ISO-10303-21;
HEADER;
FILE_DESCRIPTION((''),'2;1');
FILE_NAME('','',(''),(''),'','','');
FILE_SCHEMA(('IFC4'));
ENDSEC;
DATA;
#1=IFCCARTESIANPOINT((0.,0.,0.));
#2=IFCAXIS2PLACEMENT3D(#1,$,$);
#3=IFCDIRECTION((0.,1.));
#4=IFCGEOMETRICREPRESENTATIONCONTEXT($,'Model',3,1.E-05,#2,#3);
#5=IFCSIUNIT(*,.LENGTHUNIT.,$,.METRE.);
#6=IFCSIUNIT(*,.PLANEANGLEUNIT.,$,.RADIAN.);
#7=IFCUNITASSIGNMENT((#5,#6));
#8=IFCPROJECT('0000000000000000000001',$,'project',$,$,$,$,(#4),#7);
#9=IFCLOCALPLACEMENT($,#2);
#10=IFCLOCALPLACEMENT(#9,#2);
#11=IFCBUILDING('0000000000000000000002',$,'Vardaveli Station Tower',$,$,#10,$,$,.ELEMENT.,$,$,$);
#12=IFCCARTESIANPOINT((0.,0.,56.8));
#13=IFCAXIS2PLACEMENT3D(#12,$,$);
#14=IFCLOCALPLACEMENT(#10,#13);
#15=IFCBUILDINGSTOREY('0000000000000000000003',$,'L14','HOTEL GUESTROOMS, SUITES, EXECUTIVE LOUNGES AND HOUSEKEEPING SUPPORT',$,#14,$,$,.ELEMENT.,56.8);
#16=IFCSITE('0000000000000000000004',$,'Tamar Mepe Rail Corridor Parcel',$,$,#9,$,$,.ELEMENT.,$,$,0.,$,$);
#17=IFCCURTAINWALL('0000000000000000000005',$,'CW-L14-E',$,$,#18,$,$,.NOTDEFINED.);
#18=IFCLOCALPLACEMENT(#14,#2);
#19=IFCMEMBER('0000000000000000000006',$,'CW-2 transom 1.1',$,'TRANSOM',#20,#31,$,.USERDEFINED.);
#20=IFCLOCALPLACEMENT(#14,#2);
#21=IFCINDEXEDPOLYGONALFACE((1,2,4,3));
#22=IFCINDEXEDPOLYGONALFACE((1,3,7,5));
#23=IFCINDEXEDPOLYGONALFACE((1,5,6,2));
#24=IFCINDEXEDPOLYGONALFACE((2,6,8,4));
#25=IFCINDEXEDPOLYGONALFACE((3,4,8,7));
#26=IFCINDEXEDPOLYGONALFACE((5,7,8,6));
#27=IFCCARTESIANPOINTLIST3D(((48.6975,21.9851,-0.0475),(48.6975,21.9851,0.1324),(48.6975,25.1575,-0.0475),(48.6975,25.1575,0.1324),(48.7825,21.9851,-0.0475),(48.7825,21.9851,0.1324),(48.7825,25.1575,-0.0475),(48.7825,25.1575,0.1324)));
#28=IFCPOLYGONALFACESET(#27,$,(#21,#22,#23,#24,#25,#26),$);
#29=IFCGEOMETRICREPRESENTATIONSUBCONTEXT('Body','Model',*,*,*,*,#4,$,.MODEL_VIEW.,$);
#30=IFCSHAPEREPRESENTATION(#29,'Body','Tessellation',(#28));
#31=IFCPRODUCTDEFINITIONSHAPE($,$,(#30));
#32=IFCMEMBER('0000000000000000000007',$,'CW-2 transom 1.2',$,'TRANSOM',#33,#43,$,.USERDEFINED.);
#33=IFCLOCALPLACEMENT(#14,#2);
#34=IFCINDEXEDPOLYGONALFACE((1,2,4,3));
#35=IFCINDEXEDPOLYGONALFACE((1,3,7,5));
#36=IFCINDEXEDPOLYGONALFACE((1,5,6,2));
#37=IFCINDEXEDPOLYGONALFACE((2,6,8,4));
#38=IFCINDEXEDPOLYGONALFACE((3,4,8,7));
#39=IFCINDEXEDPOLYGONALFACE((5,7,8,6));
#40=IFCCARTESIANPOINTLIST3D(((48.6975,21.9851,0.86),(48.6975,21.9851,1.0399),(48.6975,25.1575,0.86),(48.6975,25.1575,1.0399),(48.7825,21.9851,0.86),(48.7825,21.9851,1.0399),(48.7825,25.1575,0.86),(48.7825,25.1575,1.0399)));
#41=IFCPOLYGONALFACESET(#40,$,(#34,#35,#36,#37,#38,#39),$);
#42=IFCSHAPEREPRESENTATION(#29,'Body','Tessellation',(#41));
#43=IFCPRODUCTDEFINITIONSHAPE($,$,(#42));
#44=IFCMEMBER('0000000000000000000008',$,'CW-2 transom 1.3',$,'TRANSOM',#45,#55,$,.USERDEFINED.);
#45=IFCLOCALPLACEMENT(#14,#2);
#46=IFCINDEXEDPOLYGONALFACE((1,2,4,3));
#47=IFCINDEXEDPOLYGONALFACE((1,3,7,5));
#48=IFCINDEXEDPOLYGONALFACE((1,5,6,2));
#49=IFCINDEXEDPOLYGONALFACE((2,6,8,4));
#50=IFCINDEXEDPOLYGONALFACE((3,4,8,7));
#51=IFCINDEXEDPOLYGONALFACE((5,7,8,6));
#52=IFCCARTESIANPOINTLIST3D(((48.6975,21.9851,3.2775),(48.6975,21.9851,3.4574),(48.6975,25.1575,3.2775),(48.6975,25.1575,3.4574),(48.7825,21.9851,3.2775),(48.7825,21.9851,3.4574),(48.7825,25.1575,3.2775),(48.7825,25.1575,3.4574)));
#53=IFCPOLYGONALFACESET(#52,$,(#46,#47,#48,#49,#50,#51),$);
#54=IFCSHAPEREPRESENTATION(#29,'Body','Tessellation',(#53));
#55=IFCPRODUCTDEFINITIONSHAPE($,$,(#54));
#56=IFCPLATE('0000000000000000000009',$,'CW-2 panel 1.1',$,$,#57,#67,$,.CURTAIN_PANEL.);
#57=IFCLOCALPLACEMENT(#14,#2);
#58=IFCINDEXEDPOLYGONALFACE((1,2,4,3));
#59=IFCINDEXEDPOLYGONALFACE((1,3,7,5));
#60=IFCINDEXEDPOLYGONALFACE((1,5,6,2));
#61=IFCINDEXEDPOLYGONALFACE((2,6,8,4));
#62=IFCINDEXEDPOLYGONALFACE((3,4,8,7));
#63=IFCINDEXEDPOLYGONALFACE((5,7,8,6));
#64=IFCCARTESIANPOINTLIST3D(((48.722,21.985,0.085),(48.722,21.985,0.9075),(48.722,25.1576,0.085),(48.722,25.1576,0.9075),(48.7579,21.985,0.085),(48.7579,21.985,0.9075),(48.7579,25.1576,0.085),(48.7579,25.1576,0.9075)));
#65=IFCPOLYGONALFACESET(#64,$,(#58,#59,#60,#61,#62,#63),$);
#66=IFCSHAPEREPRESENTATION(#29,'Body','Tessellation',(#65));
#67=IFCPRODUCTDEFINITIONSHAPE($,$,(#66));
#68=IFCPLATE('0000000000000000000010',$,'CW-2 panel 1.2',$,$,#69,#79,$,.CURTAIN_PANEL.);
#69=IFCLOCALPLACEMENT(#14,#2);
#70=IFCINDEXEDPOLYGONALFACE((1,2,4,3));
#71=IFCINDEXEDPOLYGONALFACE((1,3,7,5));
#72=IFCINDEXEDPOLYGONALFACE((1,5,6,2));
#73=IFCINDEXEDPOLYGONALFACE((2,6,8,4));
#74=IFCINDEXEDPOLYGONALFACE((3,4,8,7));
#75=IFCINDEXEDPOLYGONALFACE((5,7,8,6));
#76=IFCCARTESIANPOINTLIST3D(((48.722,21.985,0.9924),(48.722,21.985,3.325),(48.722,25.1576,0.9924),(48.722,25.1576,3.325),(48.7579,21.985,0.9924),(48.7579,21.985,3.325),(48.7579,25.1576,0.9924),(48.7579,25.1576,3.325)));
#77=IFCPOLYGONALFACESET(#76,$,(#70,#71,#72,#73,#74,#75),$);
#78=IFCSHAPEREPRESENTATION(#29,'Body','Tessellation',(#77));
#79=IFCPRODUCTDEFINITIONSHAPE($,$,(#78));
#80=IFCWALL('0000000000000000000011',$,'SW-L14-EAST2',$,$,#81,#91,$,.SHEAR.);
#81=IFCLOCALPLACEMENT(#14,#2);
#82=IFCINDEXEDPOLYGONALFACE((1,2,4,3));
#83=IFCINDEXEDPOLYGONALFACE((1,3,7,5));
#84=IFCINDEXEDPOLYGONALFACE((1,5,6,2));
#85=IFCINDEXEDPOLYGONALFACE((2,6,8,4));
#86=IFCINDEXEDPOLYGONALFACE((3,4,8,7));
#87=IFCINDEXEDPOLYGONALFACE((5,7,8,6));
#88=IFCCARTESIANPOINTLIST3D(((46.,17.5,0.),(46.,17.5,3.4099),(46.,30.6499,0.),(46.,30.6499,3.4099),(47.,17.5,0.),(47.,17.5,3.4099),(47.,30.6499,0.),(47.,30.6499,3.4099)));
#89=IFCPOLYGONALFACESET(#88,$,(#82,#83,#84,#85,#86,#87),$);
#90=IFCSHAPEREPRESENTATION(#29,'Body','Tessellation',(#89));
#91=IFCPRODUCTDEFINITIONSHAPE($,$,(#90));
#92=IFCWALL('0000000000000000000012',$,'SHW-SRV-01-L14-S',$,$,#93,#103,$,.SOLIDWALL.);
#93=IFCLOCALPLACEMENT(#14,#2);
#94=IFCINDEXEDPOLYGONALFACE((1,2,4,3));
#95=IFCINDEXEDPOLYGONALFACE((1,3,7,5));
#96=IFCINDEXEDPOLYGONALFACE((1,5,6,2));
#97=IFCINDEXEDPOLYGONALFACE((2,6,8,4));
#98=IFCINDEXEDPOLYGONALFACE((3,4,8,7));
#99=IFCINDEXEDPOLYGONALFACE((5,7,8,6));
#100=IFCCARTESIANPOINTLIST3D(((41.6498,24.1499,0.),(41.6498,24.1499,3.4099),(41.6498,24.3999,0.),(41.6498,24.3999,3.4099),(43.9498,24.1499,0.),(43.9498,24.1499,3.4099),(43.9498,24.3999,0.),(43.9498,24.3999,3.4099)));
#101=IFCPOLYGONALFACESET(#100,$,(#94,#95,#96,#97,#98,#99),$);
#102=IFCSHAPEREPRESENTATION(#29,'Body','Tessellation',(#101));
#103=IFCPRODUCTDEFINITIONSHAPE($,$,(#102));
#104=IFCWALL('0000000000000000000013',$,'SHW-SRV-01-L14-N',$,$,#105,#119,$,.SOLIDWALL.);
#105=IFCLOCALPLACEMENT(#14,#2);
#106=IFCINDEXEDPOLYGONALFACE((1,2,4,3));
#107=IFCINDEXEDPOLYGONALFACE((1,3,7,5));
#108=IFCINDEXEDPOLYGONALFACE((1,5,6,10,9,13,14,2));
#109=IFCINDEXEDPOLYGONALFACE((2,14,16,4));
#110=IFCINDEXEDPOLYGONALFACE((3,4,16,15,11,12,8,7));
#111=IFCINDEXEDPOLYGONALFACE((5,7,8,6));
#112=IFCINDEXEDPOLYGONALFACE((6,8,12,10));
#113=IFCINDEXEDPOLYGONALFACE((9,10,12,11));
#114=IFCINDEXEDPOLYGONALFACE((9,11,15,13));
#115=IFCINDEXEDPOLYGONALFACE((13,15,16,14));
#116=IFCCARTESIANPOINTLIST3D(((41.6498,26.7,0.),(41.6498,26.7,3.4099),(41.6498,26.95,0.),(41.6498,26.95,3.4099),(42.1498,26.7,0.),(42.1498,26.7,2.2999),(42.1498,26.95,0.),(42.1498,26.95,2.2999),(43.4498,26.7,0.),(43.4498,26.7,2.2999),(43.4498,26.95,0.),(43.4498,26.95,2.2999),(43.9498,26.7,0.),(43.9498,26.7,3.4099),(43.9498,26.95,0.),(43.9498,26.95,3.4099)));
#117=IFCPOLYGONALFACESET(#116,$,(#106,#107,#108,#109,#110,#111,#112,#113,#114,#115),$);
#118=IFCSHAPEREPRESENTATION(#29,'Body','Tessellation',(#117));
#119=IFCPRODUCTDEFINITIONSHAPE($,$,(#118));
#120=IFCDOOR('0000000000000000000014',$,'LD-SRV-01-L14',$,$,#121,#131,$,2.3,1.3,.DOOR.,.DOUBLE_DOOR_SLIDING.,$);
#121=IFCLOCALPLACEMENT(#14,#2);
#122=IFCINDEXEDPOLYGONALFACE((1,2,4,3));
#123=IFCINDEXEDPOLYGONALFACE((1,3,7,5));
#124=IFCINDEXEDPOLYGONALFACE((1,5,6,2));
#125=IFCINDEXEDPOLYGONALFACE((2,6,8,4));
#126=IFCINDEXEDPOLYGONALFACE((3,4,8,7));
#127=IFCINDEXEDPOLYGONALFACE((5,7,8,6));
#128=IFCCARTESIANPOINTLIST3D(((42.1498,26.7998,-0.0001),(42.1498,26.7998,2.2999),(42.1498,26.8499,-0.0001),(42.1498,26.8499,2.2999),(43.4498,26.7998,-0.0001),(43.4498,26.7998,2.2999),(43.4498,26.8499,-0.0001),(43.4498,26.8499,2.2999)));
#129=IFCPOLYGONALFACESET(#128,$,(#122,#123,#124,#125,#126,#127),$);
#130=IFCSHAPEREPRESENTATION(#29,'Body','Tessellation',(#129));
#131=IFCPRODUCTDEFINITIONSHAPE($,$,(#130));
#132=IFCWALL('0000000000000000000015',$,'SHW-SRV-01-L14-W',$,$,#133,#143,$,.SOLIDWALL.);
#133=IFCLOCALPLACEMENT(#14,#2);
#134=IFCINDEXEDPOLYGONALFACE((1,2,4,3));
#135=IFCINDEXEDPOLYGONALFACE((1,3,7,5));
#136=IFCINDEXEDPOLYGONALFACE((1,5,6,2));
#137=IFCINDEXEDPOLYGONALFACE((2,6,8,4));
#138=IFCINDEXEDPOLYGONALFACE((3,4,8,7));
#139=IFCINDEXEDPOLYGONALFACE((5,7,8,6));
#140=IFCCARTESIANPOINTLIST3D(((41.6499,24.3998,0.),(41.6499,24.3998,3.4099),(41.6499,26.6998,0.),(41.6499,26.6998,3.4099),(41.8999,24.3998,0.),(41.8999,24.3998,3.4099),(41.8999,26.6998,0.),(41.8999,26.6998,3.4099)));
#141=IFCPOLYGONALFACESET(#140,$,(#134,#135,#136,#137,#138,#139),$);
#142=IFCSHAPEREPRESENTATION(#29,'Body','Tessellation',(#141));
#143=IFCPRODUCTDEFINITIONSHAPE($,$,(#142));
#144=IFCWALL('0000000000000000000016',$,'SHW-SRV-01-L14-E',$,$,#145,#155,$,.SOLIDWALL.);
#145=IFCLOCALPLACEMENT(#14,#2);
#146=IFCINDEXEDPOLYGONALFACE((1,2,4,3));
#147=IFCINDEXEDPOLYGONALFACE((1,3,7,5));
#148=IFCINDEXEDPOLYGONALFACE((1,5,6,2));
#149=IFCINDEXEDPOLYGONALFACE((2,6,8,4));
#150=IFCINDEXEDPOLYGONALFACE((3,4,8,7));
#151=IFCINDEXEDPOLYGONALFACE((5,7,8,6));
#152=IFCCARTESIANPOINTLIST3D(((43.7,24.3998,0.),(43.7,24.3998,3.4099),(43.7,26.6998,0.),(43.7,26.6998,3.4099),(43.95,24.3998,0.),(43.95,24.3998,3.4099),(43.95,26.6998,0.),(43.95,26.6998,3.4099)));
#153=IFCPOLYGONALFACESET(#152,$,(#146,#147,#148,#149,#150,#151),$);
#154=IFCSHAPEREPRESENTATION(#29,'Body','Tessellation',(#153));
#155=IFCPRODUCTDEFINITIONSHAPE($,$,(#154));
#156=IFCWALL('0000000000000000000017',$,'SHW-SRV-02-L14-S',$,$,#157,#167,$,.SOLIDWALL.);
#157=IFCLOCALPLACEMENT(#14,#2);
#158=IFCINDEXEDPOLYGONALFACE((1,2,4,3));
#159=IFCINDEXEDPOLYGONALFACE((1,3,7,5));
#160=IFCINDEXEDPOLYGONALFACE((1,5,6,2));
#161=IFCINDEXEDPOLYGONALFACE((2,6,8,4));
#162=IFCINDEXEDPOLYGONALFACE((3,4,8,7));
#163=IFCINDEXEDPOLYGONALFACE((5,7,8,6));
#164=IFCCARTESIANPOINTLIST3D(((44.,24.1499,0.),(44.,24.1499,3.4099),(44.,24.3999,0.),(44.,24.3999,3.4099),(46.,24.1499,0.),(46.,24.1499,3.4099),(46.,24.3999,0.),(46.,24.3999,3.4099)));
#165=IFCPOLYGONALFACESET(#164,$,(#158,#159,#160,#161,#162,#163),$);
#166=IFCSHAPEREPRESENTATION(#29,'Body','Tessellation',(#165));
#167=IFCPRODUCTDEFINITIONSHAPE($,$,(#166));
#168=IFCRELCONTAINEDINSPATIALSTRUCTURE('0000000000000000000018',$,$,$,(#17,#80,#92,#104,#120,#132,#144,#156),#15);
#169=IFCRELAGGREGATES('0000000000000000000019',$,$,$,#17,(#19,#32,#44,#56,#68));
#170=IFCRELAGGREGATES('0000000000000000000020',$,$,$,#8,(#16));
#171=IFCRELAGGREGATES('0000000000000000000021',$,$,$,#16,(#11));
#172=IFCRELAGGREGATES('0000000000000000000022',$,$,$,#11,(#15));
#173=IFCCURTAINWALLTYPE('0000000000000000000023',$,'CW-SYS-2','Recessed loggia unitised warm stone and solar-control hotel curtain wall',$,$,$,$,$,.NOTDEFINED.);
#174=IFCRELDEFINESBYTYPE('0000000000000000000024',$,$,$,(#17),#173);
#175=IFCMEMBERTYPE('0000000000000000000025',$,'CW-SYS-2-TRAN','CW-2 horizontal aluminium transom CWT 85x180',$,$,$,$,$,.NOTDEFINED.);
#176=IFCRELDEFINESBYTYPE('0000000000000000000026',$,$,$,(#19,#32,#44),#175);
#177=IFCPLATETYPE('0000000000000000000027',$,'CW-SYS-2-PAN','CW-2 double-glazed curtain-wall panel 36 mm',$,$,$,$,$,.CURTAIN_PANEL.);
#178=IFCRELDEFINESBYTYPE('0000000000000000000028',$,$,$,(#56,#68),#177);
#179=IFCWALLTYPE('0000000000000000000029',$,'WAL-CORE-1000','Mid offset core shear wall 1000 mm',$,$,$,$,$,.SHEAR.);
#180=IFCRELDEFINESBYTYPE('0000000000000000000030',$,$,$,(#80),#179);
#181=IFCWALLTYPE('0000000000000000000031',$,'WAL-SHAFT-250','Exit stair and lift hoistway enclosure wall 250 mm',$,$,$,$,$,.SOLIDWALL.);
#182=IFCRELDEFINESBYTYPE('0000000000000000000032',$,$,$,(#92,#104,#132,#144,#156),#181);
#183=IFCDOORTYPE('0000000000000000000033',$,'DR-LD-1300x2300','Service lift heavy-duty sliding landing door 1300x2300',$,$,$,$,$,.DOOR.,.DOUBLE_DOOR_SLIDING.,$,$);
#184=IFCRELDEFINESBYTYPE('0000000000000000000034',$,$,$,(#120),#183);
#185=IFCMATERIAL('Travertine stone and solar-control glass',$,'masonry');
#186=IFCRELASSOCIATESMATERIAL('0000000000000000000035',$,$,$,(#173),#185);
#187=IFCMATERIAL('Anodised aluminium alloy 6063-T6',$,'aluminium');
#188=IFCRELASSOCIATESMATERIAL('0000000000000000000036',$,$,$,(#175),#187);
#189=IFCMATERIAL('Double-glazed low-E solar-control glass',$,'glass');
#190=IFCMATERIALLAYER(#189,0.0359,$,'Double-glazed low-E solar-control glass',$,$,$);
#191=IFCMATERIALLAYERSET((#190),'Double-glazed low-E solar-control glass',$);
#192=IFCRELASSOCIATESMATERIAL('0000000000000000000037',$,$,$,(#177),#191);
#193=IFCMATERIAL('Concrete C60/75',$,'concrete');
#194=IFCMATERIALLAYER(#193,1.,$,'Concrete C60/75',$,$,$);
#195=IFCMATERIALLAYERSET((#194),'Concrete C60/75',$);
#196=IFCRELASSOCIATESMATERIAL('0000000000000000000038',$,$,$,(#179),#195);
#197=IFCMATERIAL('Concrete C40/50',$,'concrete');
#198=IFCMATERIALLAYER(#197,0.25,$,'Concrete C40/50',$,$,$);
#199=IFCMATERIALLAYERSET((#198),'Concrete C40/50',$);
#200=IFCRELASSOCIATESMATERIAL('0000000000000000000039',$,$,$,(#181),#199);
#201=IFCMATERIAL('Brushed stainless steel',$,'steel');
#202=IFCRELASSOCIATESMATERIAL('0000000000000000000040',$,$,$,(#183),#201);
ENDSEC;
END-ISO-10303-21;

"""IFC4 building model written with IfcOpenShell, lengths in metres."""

from ifc_helpers import new_model, si_unit, direction, frame, frame_2d, origin, origin_2d, place, context, subcontext, project, spatial, rectangle, extrude, source, transform, mapped, material, layer, layer_set, material_profile, profile_set, type_object, element, fill, aggregate, save


model = new_model("IFC4")

# Units and contexts
model_context = context("Model", 3, precision=1e-05, world=origin(), true_north=direction((0.0, 1.0)))
body_context = subcontext(model_context, "Body", "Model", "MODEL_VIEW")
ifc_project = project(units=[si_unit("LENGTHUNIT", "METRE"), si_unit("PLANEANGLEUNIT", "RADIAN")], contexts=[model_context])

# Site, building, storey
site_placement = place(None, origin())
site = spatial("IfcSite", under=ifc_project, at=site_placement, Name="Tamar Mepe Rail Corridor Parcel", CompositionType="ELEMENT", RefElevation=0.0)
building_placement = place(site_placement, origin())
building = spatial("IfcBuilding", under=site, at=building_placement, Name="Vardaveli Station Tower", CompositionType="ELEMENT")
storey_placement = place(building_placement, frame((0.0, 0.0, 56.8)))
storey = spatial("IfcBuildingStorey", under=building, at=storey_placement, Name="L14", Description="HOTEL GUESTROOMS, SUITES, EXECUTIVE LOUNGES AND HOUSEKEEPING SUPPORT", CompositionType="ELEMENT", Elevation=56.8)

# Curtain wall, members, plates
ifc_material_1 = material(Name="Travertine stone and solar-control glass", Category="masonry")
curtain_wall_type = type_object("IfcCurtainWallType", Name="CW-SYS-2", Description="Recessed loggia unitised warm stone and solar-control hotel curtain wall", PredefinedType="NOTDEFINED", material=ifc_material_1)
curtain_wall_placement = place(storey_placement, origin())
curtain_wall = element("IfcCurtainWall", 1, at=curtain_wall_placement, inside=storey, type_object=curtain_wall_type, Name="CW-L14-E", PredefinedType="NOTDEFINED")
ifc_material_2 = material(Name="Anodised aluminium alloy 6063-T6", Category="aluminium")
ifc_material_profile_1 = material_profile(ifc_material_2, rectangle(XDim=0.085, YDim=0.1799, at=origin_2d()), Name="CWT 85x180")
ifc_profile_set_1 = profile_set([ifc_material_profile_1], Name="Anodised aluminium alloy 6063-T6")
member_type_1 = type_object("IfcMemberType", Name="CW-SYS-2-TRAN", Description="CW-2 horizontal aluminium transom CWT 85x180", PredefinedType="NOTDEFINED", material=ifc_profile_set_1)
shared_shape_1 = source(origin(), body_context, "Body", "SweptSolid", [
    extrude(rectangle(XDim=0.085, YDim=0.1799, at=origin_2d()), origin(), (0.0, 0.0, 1.0), 3.1724),
])
member_1_placement = place(storey_placement, frame((48.74, 21.9851, 0.0425), z_axis=(0.0, 1.0, 0.0), x_axis=(-1.0, 0.0, 0.0)))
member_1 = element("IfcMember", 2, at=member_1_placement, type_object=member_type_1, Name="CW-2 transom 1.1", ObjectType="TRANSOM", PredefinedType="USERDEFINED", context=body_context, shape_type="MappedRepresentation", body=[
    mapped(shared_shape_1, transform((0.0, 0.0, 0.0), scale=1.0)),
])
member_2_placement = place(storey_placement, frame((48.74, 21.9851, 0.95), z_axis=(0.0, 1.0, 0.0), x_axis=(-1.0, 0.0, 0.0)))
member_2 = element("IfcMember", 3, at=member_2_placement, type_object=member_type_1, Name="CW-2 transom 1.2", ObjectType="TRANSOM", PredefinedType="USERDEFINED", context=body_context, shape_type="MappedRepresentation", body=[
    mapped(shared_shape_1, transform((0.0, 0.0, 0.0), scale=1.0)),
])
member_3_placement = place(storey_placement, frame((48.74, 21.9851, 3.3674), z_axis=(0.0, 1.0, 0.0), x_axis=(-1.0, 0.0, 0.0)))
member_3 = element("IfcMember", 4, at=member_3_placement, type_object=member_type_1, Name="CW-2 transom 1.3", ObjectType="TRANSOM", PredefinedType="USERDEFINED", context=body_context, shape_type="MappedRepresentation", body=[
    mapped(shared_shape_1, transform((0.0, 0.0, 0.0), scale=1.0)),
])
ifc_material_3 = material(Name="Double-glazed low-E solar-control glass", Category="glass")
ifc_layer_1 = layer(ifc_material_3, 0.0359, Name="Double-glazed low-E solar-control glass")
ifc_layer_set_1 = layer_set([ifc_layer_1], Name="Double-glazed low-E solar-control glass")
plate_type = type_object("IfcPlateType", Name="CW-SYS-2-PAN", Description="CW-2 double-glazed curtain-wall panel 36 mm", PredefinedType="CURTAIN_PANEL", material=ifc_layer_set_1)
shared_shape_2 = source(origin(), body_context, "Body", "SweptSolid", [
    extrude(rectangle(XDim=3.1726, YDim=0.0359, at=origin_2d()), origin(), (0.0, 0.0, 1.0), 0.8225),
])
plate_1_placement = place(storey_placement, frame((48.74, 23.5713, 0.085), z_axis=(0.0, 0.0, 1.0), x_axis=(0.0, 1.0, 0.0)))
plate_1 = element("IfcPlate", 5, at=plate_1_placement, type_object=plate_type, Name="CW-2 panel 1.1", PredefinedType="CURTAIN_PANEL", context=body_context, shape_type="MappedRepresentation", body=[
    mapped(shared_shape_2, transform((0.0, 0.0, 0.0), scale=1.0)),
])
shared_shape_3 = source(origin(), body_context, "Body", "SweptSolid", [
    extrude(rectangle(XDim=3.1726, YDim=0.0359, at=origin_2d()), origin(), (0.0, 0.0, 1.0), 2.3325),
])
plate_2_placement = place(storey_placement, frame((48.74, 23.5713, 0.9924), z_axis=(0.0, 0.0, 1.0), x_axis=(0.0, 1.0, 0.0)))
plate_2 = element("IfcPlate", 6, at=plate_2_placement, type_object=plate_type, Name="CW-2 panel 1.2", PredefinedType="CURTAIN_PANEL", context=body_context, shape_type="MappedRepresentation", body=[
    mapped(shared_shape_3, transform((0.0, 0.0, 0.0), scale=1.0)),
])
aggregate(curtain_wall, [member_1, member_2, member_3, plate_1, plate_2])

# Walls
ifc_material_4 = material(Name="Concrete C60/75", Category="concrete")
ifc_layer_2 = layer(ifc_material_4, 1.0, Name="Concrete C60/75")
ifc_layer_set_2 = layer_set([ifc_layer_2], Name="Concrete C60/75")
wall_type_1 = type_object("IfcWallType", Name="WAL-CORE-1000", Description="Mid offset core shear wall 1000 mm", PredefinedType="SHEAR", material=ifc_layer_set_2)
shared_shape_4 = source(origin(), body_context, "Body", "SweptSolid", [
    extrude(rectangle(XDim=13.1499, YDim=1.0, at=frame_2d((6.575, 0.0))), origin(), (0.0, 0.0, 1.0), 3.4099),
])
wall_1_placement = place(storey_placement, frame((46.5, 17.5, 0.0), z_axis=(0.0, 0.0, 1.0), x_axis=(0.0, 1.0, 0.0)))
element("IfcWall", 7, at=wall_1_placement, inside=storey, type_object=wall_type_1, Name="SW-L14-EAST2", PredefinedType="SHEAR", context=body_context, shape_type="MappedRepresentation", body=[
    mapped(shared_shape_4, transform((0.0, 0.0, 0.0), scale=1.0)),
])
ifc_material_5 = material(Name="Concrete C40/50", Category="concrete")
ifc_layer_3 = layer(ifc_material_5, 0.25, Name="Concrete C40/50")
ifc_layer_set_3 = layer_set([ifc_layer_3], Name="Concrete C40/50")
wall_type_2 = type_object("IfcWallType", Name="WAL-SHAFT-250", Description="Exit stair and lift hoistway enclosure wall 250 mm", PredefinedType="SOLIDWALL", material=ifc_layer_set_3)
shared_shape_5 = source(origin(), body_context, "Body", "SweptSolid", [
    extrude(rectangle(XDim=2.3, YDim=0.25, at=frame_2d((1.1499, 0.0))), origin(), (0.0, 0.0, 1.0), 3.4099),
])
wall_2_placement = place(storey_placement, frame((41.6499, 24.2749, 0.0), z_axis=(0.0, 0.0, 1.0), x_axis=(1.0, 0.0, 0.0)))
element("IfcWall", 8, at=wall_2_placement, inside=storey, type_object=wall_type_2, Name="SHW-SRV-01-L14-S", PredefinedType="SOLIDWALL", context=body_context, shape_type="MappedRepresentation", body=[
    mapped(shared_shape_5, transform((0.0, 0.0, 0.0), scale=1.0)),
])

# Wall, opening, door
wall_3_placement = place(storey_placement, frame((41.6499, 26.825, 0.0), z_axis=(0.0, 0.0, 1.0), x_axis=(1.0, 0.0, 0.0)))
wall_3 = element("IfcWall", 9, at=wall_3_placement, inside=storey, type_object=wall_type_2, Name="SHW-SRV-01-L14-N", PredefinedType="SOLIDWALL", context=body_context, shape_type="MappedRepresentation", body=[
    mapped(shared_shape_5, transform((0.0, 0.0, 0.0), scale=1.0)),
])
shared_shape_6 = source(origin(), body_context, "Body", "SweptSolid", [
    extrude(rectangle(XDim=1.3, YDim=2.3, at=frame_2d((0.6499, 1.1499))), frame((0.0, 0.135, 0.0), z_axis=(0.0, -1.0, 0.0), x_axis=(1.0, 0.0, 0.0)), (0.0, 0.0, 1.0), 0.27),
])
opening_1_placement = place(wall_3_placement, frame((0.5, 0.0, 0.0)))
opening_1 = element("IfcOpeningElement", 10, at=opening_1_placement, cuts=wall_3, PredefinedType="OPENING", context=body_context, shape_type="MappedRepresentation", body=[
    mapped(shared_shape_6, transform((0.0, 0.0, 0.0), scale=1.0)),
])
ifc_material_6 = material(Name="Brushed stainless steel", Category="steel")
door_type = type_object("IfcDoorType", Name="DR-LD-1300x2300", Description="Service lift heavy-duty sliding landing door 1300x2300", OperationType="DOUBLE_DOOR_SLIDING", PredefinedType="DOOR", material=ifc_material_6)
shared_shape_7 = source(origin(), body_context, "Body", "SweptSolid", [
    extrude(rectangle(XDim=1.3, YDim=2.3, at=frame_2d((0.6499, 1.1499))), frame((0.0, 0.0249, 0.0), z_axis=(0.0, -1.0, 0.0), x_axis=(1.0, 0.0, 0.0)), (0.0, 0.0, 1.0), 0.05),
])
door_1_placement = place(opening_1_placement, origin())
door_1 = element("IfcDoor", 11, at=door_1_placement, inside=storey, type_object=door_type, Name="LD-SRV-01-L14", OperationType="DOUBLE_DOOR_SLIDING", OverallHeight=2.3, OverallWidth=1.3, PredefinedType="DOOR", context=body_context, shape_type="MappedRepresentation", body=[
    mapped(shared_shape_7, transform((0.0, 0.0, 0.0), scale=1.0)),
])
fill(opening_1, door_1)

# Walls
for number, where, z_axis, x_axis, name in (
    (12, (41.7749, 24.3999, 0.0), (0.0, 0.0, 1.0), (0.0, 1.0, 0.0), "SHW-SRV-01-L14-W"),
    (13, (43.825, 24.3999, 0.0), (0.0, 0.0, 1.0), (0.0, 1.0, 0.0), "SHW-SRV-01-L14-E"),
):
    element("IfcWall", number, at=place(storey_placement, frame(where, z_axis=z_axis, x_axis=x_axis)), inside=storey, type_object=wall_type_2, Name=name, PredefinedType="SOLIDWALL", context=body_context, shape_type="MappedRepresentation", body=[
        mapped(shared_shape_5, transform((0.0, 0.0, 0.0), scale=1.0)),
    ])
shared_shape_8 = source(origin(), body_context, "Body", "SweptSolid", [
    extrude(rectangle(XDim=2.0, YDim=0.25, at=frame_2d((1.0, 0.0))), origin(), (0.0, 0.0, 1.0), 3.4099),
])
wall_4_placement = place(storey_placement, frame((44.0, 24.2749, 0.0), z_axis=(0.0, 0.0, 1.0), x_axis=(1.0, 0.0, 0.0)))
element("IfcWall", 14, at=wall_4_placement, inside=storey, type_object=wall_type_2, Name="SHW-SRV-02-L14-S", PredefinedType="SOLIDWALL", context=body_context, shape_type="MappedRepresentation", body=[
    mapped(shared_shape_8, transform((0.0, 0.0, 0.0), scale=1.0)),
])

save(model, "model.ifc")
